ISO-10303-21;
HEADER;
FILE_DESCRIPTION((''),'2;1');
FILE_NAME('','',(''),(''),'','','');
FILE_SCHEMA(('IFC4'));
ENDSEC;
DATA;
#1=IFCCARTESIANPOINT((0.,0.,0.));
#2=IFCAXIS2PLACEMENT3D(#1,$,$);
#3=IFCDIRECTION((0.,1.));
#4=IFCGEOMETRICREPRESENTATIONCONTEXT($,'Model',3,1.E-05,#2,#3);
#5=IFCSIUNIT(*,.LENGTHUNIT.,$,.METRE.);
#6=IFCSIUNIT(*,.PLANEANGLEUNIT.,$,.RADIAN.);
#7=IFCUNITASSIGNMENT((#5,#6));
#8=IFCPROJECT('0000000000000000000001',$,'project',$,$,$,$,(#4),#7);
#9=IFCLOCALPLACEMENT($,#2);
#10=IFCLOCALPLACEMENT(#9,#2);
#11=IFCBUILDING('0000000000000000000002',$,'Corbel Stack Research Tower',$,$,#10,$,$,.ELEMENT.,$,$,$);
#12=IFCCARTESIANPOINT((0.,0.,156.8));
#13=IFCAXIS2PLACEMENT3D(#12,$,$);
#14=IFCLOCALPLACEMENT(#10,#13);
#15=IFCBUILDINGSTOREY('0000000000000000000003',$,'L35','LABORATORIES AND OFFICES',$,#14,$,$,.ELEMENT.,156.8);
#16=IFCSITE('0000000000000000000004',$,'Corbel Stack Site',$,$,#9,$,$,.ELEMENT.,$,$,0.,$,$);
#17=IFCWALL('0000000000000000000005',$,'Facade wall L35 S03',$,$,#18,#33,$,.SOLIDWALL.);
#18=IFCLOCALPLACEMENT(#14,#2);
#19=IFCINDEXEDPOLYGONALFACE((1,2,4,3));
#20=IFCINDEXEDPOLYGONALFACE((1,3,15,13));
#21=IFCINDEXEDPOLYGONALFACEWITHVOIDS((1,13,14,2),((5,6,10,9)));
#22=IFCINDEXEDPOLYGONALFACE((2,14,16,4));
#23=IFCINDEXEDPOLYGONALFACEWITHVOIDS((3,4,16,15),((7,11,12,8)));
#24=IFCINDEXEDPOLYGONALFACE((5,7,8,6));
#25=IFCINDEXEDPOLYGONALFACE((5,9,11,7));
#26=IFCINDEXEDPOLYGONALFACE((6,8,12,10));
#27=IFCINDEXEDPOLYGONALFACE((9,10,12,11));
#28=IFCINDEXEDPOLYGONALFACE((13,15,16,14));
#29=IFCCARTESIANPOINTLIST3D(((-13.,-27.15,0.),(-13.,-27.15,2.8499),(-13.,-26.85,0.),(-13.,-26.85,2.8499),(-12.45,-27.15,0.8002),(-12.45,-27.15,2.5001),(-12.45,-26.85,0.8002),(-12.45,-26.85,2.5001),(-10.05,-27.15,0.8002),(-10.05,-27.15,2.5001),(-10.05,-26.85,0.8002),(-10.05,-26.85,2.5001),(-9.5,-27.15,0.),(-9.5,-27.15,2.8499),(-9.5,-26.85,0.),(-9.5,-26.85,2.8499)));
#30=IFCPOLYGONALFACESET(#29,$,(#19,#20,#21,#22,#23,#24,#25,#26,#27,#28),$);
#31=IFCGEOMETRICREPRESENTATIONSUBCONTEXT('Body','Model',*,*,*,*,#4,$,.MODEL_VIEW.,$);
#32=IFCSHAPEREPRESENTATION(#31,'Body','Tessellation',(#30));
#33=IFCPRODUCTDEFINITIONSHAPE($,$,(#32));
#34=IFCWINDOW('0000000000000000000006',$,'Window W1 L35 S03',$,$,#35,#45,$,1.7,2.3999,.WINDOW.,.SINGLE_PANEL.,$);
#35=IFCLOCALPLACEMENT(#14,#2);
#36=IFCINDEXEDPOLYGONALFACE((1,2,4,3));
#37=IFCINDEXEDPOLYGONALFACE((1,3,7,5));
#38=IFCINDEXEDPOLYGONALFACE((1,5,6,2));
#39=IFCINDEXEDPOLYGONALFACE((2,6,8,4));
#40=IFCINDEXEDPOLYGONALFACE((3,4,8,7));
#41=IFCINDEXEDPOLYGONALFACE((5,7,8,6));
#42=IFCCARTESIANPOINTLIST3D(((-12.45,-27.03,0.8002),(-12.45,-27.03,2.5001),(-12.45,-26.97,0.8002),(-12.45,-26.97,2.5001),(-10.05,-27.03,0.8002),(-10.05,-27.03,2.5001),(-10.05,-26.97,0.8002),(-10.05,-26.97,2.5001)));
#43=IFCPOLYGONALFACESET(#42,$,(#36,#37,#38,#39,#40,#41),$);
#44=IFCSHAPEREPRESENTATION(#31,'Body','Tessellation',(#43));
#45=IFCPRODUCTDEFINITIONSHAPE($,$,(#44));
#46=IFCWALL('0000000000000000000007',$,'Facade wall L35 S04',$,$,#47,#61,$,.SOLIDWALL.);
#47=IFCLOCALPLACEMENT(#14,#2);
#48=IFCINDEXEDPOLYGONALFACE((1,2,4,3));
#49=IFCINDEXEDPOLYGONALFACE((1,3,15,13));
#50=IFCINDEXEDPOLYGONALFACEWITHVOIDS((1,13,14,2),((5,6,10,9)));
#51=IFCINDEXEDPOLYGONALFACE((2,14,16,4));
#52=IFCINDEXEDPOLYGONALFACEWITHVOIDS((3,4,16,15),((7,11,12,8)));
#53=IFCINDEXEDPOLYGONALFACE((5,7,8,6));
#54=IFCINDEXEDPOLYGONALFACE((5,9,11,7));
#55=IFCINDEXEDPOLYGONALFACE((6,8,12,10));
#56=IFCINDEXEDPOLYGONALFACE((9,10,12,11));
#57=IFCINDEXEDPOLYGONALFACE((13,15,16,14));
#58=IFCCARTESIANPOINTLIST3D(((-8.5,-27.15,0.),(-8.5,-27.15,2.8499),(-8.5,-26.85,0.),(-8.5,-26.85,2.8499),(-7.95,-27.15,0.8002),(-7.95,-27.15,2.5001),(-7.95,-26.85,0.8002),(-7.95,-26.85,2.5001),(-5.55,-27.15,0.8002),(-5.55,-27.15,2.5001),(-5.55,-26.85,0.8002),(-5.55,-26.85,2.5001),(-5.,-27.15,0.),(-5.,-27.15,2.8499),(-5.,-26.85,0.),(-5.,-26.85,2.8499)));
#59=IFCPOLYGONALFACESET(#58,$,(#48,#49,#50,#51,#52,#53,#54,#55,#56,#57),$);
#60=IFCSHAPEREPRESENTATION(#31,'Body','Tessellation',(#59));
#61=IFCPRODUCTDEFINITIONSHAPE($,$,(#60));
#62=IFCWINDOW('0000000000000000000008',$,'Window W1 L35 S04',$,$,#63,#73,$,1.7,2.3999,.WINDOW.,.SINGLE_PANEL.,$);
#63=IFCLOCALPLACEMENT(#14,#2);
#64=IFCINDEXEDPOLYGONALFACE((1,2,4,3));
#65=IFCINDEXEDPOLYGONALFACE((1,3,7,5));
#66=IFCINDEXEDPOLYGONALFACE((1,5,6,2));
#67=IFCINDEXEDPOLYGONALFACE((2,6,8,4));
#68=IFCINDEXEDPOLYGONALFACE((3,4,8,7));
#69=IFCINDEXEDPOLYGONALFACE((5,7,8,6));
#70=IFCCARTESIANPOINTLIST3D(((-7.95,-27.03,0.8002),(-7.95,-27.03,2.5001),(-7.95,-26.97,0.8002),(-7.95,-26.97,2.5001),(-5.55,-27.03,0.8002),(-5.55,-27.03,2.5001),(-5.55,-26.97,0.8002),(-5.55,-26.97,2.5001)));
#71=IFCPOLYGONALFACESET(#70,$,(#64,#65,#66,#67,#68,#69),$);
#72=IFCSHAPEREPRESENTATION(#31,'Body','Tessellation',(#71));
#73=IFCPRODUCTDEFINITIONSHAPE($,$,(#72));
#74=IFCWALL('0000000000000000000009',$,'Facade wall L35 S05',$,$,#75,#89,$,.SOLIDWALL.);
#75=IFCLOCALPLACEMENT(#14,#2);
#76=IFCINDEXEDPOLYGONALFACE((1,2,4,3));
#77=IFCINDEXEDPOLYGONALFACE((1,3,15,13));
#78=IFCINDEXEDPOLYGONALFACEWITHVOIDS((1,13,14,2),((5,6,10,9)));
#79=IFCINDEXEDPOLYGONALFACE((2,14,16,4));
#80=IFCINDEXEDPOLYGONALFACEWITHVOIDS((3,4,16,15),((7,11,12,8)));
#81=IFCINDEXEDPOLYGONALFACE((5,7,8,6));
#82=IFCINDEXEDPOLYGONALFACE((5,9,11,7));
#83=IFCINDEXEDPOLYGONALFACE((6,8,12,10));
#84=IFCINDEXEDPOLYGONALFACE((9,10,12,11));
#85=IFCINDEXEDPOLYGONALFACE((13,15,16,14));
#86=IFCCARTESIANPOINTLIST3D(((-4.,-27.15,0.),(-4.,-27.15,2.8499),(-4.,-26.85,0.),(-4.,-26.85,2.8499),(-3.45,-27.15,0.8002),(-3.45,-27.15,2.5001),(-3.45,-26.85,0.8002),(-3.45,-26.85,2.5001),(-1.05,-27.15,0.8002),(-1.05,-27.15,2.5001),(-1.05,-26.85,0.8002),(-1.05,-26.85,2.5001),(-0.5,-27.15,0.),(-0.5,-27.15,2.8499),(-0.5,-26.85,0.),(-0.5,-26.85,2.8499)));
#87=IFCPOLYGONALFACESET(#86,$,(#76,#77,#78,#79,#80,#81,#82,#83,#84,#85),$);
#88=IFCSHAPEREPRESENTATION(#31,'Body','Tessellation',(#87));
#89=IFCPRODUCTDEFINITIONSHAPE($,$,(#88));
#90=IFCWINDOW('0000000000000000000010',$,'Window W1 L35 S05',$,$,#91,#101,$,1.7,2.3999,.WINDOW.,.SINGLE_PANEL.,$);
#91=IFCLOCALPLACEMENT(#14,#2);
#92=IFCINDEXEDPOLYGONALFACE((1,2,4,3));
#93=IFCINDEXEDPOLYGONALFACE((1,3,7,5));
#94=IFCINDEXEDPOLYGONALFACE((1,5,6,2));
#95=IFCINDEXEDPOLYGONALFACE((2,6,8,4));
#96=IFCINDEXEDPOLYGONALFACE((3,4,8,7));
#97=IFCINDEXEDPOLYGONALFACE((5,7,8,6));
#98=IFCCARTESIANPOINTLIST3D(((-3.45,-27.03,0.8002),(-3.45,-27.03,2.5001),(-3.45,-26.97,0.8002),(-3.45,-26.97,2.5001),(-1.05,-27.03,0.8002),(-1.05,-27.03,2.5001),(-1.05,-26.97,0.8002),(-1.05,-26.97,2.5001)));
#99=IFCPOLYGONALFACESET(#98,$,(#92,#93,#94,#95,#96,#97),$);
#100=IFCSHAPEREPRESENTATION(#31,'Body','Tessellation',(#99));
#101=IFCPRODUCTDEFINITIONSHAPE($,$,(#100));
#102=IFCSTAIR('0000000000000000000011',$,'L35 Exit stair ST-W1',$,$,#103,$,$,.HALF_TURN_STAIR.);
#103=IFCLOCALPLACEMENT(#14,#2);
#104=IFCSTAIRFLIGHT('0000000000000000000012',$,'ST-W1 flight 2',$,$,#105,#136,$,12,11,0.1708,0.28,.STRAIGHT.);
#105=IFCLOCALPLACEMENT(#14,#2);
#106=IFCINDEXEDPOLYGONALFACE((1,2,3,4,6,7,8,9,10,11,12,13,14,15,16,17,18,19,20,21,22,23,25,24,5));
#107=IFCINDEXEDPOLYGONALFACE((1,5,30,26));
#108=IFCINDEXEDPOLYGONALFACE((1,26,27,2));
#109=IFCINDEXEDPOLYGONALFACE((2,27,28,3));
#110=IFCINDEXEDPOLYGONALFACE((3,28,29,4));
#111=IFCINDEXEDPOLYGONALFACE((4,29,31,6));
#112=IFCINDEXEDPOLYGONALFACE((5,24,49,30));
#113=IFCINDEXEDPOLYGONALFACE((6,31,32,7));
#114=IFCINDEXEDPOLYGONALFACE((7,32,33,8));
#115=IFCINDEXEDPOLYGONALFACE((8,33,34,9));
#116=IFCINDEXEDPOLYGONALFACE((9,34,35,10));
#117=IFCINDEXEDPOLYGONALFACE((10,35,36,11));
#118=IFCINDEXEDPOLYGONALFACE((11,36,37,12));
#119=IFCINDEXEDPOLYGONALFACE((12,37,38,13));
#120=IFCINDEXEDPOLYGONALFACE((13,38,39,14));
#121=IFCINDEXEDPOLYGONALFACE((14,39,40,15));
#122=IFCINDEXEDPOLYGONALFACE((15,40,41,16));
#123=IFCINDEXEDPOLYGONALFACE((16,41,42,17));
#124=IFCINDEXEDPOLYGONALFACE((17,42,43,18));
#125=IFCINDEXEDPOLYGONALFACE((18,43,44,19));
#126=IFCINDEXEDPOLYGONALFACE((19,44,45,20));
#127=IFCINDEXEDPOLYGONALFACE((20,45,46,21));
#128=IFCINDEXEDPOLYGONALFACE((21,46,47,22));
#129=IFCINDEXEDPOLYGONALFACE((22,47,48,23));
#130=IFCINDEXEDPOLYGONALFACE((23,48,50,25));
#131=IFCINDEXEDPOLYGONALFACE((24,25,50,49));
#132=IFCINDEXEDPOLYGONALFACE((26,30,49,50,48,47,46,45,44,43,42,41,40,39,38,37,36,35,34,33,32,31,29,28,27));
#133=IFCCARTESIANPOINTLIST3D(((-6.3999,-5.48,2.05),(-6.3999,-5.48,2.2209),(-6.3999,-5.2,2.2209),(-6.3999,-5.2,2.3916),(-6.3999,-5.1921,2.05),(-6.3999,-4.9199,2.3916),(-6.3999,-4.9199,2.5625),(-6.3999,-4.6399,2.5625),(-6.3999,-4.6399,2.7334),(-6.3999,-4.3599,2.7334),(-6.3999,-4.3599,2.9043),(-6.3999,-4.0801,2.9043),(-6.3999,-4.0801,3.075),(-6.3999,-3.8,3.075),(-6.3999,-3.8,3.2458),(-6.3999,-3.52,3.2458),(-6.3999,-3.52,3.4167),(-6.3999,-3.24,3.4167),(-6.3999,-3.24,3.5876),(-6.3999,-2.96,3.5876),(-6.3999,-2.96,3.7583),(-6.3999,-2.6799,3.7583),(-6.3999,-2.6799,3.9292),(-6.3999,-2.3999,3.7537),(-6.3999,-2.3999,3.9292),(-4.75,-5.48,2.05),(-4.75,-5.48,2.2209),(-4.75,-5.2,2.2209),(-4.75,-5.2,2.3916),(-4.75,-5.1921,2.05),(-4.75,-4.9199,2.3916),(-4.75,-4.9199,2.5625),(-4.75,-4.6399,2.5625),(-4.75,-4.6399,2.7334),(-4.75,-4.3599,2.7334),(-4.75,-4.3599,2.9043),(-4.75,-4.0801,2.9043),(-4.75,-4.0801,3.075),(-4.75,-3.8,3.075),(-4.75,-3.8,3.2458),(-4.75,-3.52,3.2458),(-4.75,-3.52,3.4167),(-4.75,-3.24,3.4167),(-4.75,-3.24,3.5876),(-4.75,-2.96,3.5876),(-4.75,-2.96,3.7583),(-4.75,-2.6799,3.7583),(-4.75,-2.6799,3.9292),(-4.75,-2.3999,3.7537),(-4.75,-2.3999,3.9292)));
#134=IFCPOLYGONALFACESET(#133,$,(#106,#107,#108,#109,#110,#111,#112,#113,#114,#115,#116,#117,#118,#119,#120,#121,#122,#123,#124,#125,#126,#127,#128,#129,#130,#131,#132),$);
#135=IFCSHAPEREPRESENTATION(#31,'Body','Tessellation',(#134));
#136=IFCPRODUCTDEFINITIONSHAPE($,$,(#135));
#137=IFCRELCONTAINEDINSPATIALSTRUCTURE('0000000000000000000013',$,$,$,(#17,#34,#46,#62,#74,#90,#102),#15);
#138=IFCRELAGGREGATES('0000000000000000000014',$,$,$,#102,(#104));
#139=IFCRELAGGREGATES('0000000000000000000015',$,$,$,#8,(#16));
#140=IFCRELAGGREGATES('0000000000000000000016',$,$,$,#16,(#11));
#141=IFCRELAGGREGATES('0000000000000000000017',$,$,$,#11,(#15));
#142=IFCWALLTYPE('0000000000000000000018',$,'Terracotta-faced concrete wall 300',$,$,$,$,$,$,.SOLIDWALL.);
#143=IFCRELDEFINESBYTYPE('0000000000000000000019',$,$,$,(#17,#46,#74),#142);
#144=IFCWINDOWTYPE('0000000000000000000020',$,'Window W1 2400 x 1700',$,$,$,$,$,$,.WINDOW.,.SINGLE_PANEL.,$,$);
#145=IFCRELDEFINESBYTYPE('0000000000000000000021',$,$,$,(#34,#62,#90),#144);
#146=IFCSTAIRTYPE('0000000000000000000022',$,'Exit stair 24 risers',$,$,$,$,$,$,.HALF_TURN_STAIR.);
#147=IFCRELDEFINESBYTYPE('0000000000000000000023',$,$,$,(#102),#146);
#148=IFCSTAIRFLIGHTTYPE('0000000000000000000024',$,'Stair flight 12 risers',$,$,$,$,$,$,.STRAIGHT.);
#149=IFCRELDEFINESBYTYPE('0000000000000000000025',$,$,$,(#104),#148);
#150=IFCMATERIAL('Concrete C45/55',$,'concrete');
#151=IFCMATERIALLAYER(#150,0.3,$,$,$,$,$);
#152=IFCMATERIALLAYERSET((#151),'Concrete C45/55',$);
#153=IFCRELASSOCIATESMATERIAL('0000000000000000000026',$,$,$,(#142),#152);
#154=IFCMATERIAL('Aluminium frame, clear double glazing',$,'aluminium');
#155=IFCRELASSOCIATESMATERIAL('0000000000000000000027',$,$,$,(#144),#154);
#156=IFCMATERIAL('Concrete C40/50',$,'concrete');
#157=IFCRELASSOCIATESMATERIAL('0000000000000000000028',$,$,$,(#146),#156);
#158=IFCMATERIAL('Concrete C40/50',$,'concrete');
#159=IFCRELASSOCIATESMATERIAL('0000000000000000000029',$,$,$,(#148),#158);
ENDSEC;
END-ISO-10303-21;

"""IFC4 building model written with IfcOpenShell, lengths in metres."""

from ifc_helpers import new_model, si_unit, direction, frame, frame_2d, origin, place, context, subcontext, project, spatial, polyline, rectangle, outline, extrude, material, layer, layer_set, type_object, element, fill, aggregate, save


model = new_model("IFC4")

# Units and contexts
model_context = context("Model", 3, precision=1e-05, world=origin(), true_north=direction((0.0, 1.0)))
body_context = subcontext(model_context, "Body", "Model", "MODEL_VIEW")
ifc_project = project(units=[si_unit("LENGTHUNIT", "METRE"), si_unit("PLANEANGLEUNIT", "RADIAN")], contexts=[model_context])

# Site, building, storey
site_placement = place(None, origin())
site = spatial("IfcSite", under=ifc_project, at=site_placement, Name="Corbel Stack Site", CompositionType="ELEMENT", RefElevation=0.0)
building_placement = place(site_placement, origin())
building = spatial("IfcBuilding", under=site, at=building_placement, Name="Corbel Stack Research Tower", CompositionType="ELEMENT")
storey_placement = place(building_placement, frame((0.0, 0.0, 156.8)))
storey = spatial("IfcBuildingStorey", under=building, at=storey_placement, Name="L35", Description="LABORATORIES AND OFFICES", CompositionType="ELEMENT", Elevation=156.8)

# Walls, openings, windows
ifc_material_1 = material(Name="Concrete C45/55", Category="concrete")
ifc_layer_1 = layer(ifc_material_1, 0.3)
ifc_layer_set_1 = layer_set([ifc_layer_1], Name="Concrete C45/55")
wall_type_1 = type_object("IfcWallType", Name="Terracotta-faced concrete wall 300", PredefinedType="SOLIDWALL", material=ifc_layer_set_1)
wall_1_placement = place(storey_placement, frame((-9.5, -27.0, 0.0), z_axis=(0.0, 0.0, 1.0), x_axis=(-1.0, 0.0, 0.0)))
wall_1 = element("IfcWall", 1, at=wall_1_placement, inside=storey, type_object=wall_type_1, Name="Facade wall L35 S03", PredefinedType="SOLIDWALL", context=body_context, shape_type="SweptSolid", body=[
    extrude(rectangle(XDim=3.5, YDim=0.3, at=frame_2d((1.75, 0.0))), origin(), (0.0, 0.0, 1.0), 2.8499),
])
opening_1_placement = place(wall_1_placement, frame((0.55, 0.0, 0.8)))
opening_1 = element("IfcOpeningElement", 2, at=opening_1_placement, cuts=wall_1, PredefinedType="OPENING", context=body_context, shape_type="SweptSolid", body=[
    extrude(rectangle(XDim=2.3999, YDim=1.7, at=frame_2d((1.2, 0.8501))), frame((0.0, 0.1599, 0.0), z_axis=(0.0, -1.0, 0.0), x_axis=(1.0, 0.0, 0.0)), (0.0, 0.0, 1.0), 0.3201),
])
ifc_material_2 = material(Name="Aluminium frame, clear double glazing", Category="aluminium")
window_type = type_object("IfcWindowType", Name="Window W1 2400 x 1700", PartitioningType="SINGLE_PANEL", PredefinedType="WINDOW", material=ifc_material_2)
window_1_placement = place(opening_1_placement, origin())
window_1 = element("IfcWindow", 3, at=window_1_placement, inside=storey, type_object=window_type, Name="Window W1 L35 S03", OverallHeight=1.7, OverallWidth=2.3999, PartitioningType="SINGLE_PANEL", PredefinedType="WINDOW", context=body_context, shape_type="SweptSolid", body=[
    extrude(rectangle(XDim=2.3999, YDim=1.7, at=frame_2d((1.2, 0.8501))), frame((0.0, 0.03, 0.0), z_axis=(0.0, -1.0, 0.0), x_axis=(1.0, 0.0, 0.0)), (0.0, 0.0, 1.0), 0.0601),
])
fill(opening_1, window_1)
wall_2_placement = place(storey_placement, frame((-5.0, -27.0, 0.0), z_axis=(0.0, 0.0, 1.0), x_axis=(-1.0, 0.0, 0.0)))
wall_2 = element("IfcWall", 4, at=wall_2_placement, inside=storey, type_object=wall_type_1, Name="Facade wall L35 S04", PredefinedType="SOLIDWALL", context=body_context, shape_type="SweptSolid", body=[
    extrude(rectangle(XDim=3.5, YDim=0.3, at=frame_2d((1.75, 0.0))), origin(), (0.0, 0.0, 1.0), 2.8499),
])
opening_2_placement = place(wall_2_placement, frame((0.55, 0.0, 0.8)))
opening_2 = element("IfcOpeningElement", 5, at=opening_2_placement, cuts=wall_2, PredefinedType="OPENING", context=body_context, shape_type="SweptSolid", body=[
    extrude(rectangle(XDim=2.3999, YDim=1.7, at=frame_2d((1.2, 0.8501))), frame((0.0, 0.1599, 0.0), z_axis=(0.0, -1.0, 0.0), x_axis=(1.0, 0.0, 0.0)), (0.0, 0.0, 1.0), 0.3201),
])
window_2_placement = place(opening_2_placement, origin())
window_2 = element("IfcWindow", 6, at=window_2_placement, inside=storey, type_object=window_type, Name="Window W1 L35 S04", OverallHeight=1.7, OverallWidth=2.3999, PartitioningType="SINGLE_PANEL", PredefinedType="WINDOW", context=body_context, shape_type="SweptSolid", body=[
    extrude(rectangle(XDim=2.3999, YDim=1.7, at=frame_2d((1.2, 0.8501))), frame((0.0, 0.03, 0.0), z_axis=(0.0, -1.0, 0.0), x_axis=(1.0, 0.0, 0.0)), (0.0, 0.0, 1.0), 0.0601),
])
fill(opening_2, window_2)
wall_3_placement = place(storey_placement, frame((-0.5, -27.0, 0.0), z_axis=(0.0, 0.0, 1.0), x_axis=(-1.0, 0.0, 0.0)))
wall_3 = element("IfcWall", 7, at=wall_3_placement, inside=storey, type_object=wall_type_1, Name="Facade wall L35 S05", PredefinedType="SOLIDWALL", context=body_context, shape_type="SweptSolid", body=[
    extrude(rectangle(XDim=3.5, YDim=0.3, at=frame_2d((1.75, 0.0))), origin(), (0.0, 0.0, 1.0), 2.8499),
])
opening_3_placement = place(wall_3_placement, frame((0.55, 0.0, 0.8)))
opening_3 = element("IfcOpeningElement", 8, at=opening_3_placement, cuts=wall_3, PredefinedType="OPENING", context=body_context, shape_type="SweptSolid", body=[
    extrude(rectangle(XDim=2.3999, YDim=1.7, at=frame_2d((1.2, 0.8501))), frame((0.0, 0.1599, 0.0), z_axis=(0.0, -1.0, 0.0), x_axis=(1.0, 0.0, 0.0)), (0.0, 0.0, 1.0), 0.3201),
])
window_3_placement = place(opening_3_placement, origin())
window_3 = element("IfcWindow", 9, at=window_3_placement, inside=storey, type_object=window_type, Name="Window W1 L35 S05", OverallHeight=1.7, OverallWidth=2.3999, PartitioningType="SINGLE_PANEL", PredefinedType="WINDOW", context=body_context, shape_type="SweptSolid", body=[
    extrude(rectangle(XDim=2.3999, YDim=1.7, at=frame_2d((1.2, 0.8501))), frame((0.0, 0.03, 0.0), z_axis=(0.0, -1.0, 0.0), x_axis=(1.0, 0.0, 0.0)), (0.0, 0.0, 1.0), 0.0601),
])
fill(opening_3, window_3)

# Stair, stair flight
ifc_material_3 = material(Name="Concrete C40/50", Category="concrete")
stair_type = type_object("IfcStairType", Name="Exit stair 24 risers", PredefinedType="HALF_TURN_STAIR", material=ifc_material_3)
stair_placement = place(storey_placement, origin())
stair = element("IfcStair", 10, at=stair_placement, inside=storey, type_object=stair_type, Name="L35 Exit stair ST-W1", PredefinedType="HALF_TURN_STAIR")
ifc_material_4 = material(Name="Concrete C40/50", Category="concrete")
stair_flight_type = type_object("IfcStairFlightType", Name="Stair flight 12 risers", PredefinedType="STRAIGHT", material=ifc_material_4)
stair_flight_placement = place(storey_placement, frame((-5.575, -5.48, 2.05), z_axis=(0.0, 0.0, 1.0), x_axis=(0.0, 1.0, 0.0)))
stair_flight = element("IfcStairFlight", 11, at=stair_flight_placement, type_object=stair_flight_type, Name="ST-W1 flight 2", NumberOfRisers=12, NumberOfTreads=11, PredefinedType="STRAIGHT", RiserHeight=0.1708, TreadLength=0.28, context=body_context, shape_type="SweptSolid", body=[
    extrude(outline(polyline([(0.0, 0.0), (0.0, 0.1709), (0.28, 0.1709), (0.28, 0.3416), (0.5601, 0.3416), (0.5601, 0.5125), (0.8401, 0.5125), (0.8401, 0.6833), (1.1201, 0.6833), (1.1201, 0.8542), (1.3999, 0.8542), (1.3999, 1.0249), (1.6799, 1.0249), (1.6799, 1.1958), (1.96, 1.1958), (1.96, 1.3667), (2.24, 1.3667), (2.24, 1.5376), (2.52, 1.5376), (2.52, 1.7083), (2.8, 1.7083), (2.8, 1.8792), (3.0801, 1.8792), (3.0801, 2.05), (3.0801, 1.7036), (0.2878, 0.0), (0.0, 0.0)])), frame((0.0, 0.825, 0.0), z_axis=(0.0, -1.0, 0.0), x_axis=(1.0, 0.0, 0.0)), (0.0, 0.0, 1.0), 1.6499),
])
aggregate(stair, [stair_flight])

save(model, "model.ifc")
